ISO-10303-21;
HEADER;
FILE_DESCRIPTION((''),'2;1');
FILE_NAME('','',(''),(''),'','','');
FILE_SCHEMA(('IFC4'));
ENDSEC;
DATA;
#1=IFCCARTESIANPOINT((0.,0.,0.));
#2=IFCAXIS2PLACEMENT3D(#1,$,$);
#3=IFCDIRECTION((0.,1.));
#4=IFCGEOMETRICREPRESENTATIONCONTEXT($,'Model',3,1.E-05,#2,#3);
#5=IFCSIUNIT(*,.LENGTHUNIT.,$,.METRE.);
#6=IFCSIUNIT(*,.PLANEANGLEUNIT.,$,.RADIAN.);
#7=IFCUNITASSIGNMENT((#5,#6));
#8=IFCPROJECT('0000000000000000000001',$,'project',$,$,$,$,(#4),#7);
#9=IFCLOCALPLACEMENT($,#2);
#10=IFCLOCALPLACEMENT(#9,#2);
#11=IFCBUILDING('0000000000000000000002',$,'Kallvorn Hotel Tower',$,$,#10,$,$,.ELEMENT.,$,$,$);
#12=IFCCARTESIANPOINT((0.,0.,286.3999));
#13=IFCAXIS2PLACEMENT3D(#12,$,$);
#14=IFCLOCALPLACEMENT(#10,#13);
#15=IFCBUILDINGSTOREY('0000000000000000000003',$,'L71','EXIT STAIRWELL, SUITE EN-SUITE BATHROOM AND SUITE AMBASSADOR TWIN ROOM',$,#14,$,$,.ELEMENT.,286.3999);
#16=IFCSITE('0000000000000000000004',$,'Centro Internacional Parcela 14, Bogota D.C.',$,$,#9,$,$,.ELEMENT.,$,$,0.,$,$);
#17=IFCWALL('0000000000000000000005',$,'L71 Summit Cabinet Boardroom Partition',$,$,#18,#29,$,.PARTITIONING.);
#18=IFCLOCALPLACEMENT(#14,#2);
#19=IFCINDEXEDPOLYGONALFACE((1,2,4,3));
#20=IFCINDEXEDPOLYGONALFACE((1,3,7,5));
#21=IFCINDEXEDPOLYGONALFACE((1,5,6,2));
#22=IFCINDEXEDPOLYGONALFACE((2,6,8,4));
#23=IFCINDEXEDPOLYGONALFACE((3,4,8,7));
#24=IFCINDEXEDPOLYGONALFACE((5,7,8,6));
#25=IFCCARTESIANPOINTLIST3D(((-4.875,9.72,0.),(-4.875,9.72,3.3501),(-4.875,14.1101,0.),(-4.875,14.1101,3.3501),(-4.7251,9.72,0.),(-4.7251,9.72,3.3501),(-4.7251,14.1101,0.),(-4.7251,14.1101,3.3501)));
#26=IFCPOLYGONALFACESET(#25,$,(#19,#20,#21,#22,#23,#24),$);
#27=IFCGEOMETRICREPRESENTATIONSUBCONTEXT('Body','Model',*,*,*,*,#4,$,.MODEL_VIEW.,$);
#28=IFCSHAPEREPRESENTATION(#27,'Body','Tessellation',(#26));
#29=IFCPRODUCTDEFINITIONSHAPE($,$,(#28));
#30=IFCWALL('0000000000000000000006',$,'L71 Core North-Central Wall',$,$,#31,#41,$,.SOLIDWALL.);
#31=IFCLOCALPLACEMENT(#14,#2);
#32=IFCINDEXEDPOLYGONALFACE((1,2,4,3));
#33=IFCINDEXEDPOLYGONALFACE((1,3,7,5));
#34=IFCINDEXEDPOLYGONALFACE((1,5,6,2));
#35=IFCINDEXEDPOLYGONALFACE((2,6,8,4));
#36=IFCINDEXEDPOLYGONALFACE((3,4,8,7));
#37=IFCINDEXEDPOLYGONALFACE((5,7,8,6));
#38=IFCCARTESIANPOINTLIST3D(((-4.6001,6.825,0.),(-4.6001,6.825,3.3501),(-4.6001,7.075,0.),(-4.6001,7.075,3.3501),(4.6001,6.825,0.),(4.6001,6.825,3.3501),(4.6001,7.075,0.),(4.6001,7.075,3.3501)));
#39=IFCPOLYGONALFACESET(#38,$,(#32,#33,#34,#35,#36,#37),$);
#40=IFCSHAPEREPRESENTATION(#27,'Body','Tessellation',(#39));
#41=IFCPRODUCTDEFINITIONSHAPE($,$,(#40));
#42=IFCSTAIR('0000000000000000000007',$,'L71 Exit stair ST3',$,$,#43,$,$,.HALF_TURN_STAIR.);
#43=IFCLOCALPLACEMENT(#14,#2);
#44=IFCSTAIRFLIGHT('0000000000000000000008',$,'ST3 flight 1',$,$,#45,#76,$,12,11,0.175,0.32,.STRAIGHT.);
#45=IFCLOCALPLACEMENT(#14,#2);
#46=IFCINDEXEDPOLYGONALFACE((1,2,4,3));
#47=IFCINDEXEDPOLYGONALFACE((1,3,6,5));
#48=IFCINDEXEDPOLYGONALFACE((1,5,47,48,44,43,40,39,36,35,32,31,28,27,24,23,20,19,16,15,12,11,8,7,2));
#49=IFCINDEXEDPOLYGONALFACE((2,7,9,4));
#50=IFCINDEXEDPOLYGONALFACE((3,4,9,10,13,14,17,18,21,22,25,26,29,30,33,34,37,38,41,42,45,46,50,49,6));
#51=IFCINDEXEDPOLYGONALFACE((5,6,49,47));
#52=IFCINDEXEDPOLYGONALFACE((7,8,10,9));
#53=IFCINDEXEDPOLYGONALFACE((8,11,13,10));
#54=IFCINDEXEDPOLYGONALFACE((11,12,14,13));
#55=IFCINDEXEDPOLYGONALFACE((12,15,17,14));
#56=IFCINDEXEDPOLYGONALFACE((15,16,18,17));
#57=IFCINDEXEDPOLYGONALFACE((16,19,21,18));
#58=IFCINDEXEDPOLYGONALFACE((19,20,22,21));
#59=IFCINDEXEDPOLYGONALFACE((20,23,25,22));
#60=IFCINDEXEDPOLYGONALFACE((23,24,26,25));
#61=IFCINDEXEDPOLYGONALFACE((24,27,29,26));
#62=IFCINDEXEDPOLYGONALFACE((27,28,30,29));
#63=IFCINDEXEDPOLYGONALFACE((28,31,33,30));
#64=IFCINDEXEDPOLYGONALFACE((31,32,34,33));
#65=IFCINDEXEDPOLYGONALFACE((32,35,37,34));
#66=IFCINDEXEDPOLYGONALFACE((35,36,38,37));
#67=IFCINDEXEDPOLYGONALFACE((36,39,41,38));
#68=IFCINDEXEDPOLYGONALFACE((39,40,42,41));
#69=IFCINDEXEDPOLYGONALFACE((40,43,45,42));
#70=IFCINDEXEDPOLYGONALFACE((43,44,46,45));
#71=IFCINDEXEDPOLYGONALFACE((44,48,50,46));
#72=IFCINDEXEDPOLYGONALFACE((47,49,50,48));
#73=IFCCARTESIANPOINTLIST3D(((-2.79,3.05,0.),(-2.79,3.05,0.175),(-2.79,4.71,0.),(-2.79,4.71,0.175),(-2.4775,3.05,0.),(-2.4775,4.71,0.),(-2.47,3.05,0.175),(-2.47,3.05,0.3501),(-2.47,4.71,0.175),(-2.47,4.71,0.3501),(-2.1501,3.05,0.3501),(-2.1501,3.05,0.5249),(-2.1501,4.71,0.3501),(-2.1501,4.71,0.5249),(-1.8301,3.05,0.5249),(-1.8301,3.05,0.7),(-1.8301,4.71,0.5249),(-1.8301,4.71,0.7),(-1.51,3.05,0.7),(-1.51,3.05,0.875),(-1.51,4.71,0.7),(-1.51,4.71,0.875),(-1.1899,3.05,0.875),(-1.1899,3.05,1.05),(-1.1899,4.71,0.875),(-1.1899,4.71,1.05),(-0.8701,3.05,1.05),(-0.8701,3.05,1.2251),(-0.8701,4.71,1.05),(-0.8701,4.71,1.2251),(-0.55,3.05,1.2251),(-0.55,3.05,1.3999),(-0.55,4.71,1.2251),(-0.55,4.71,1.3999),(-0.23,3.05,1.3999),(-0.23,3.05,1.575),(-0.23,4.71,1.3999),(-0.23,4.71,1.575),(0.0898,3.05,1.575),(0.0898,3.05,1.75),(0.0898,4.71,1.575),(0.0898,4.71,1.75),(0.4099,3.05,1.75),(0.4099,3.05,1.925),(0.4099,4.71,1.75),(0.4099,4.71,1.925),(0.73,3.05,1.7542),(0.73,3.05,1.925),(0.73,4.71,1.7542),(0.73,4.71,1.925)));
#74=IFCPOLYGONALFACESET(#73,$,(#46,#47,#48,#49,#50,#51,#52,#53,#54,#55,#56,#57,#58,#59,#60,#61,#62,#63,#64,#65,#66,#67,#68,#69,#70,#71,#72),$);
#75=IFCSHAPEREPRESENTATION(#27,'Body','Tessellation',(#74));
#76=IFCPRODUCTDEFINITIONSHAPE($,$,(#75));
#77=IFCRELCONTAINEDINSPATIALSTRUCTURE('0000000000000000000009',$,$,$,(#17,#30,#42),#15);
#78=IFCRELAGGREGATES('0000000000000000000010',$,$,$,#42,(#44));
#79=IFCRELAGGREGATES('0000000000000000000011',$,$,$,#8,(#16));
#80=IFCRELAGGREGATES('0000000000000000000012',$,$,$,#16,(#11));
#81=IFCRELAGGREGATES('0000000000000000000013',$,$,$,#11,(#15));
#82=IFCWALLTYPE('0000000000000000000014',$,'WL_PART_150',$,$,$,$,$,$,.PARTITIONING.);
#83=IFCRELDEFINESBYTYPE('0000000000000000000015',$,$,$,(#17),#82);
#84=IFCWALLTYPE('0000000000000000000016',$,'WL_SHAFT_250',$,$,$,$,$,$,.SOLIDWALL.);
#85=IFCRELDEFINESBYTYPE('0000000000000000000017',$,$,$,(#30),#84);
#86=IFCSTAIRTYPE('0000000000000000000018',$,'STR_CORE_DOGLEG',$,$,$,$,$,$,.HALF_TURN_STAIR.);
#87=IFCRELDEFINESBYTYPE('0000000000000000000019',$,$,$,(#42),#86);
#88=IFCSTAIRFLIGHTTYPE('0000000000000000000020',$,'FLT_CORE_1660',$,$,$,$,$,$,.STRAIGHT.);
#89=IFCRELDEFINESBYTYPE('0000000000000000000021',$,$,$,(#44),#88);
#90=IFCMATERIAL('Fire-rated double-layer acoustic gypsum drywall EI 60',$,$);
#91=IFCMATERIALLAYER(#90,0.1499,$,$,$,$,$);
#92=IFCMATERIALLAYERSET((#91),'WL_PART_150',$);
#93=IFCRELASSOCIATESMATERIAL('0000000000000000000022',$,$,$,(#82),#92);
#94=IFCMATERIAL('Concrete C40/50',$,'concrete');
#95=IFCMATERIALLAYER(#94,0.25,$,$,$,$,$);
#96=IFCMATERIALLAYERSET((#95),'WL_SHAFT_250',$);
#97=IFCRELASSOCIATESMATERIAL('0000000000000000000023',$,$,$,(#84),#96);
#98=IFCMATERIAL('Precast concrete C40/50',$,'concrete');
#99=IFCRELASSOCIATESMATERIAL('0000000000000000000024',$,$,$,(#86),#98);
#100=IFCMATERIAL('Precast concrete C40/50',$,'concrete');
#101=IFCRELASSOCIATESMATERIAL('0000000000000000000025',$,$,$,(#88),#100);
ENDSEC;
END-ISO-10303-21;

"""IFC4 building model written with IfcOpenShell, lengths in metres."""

from ifc_helpers import new_model, si_unit, direction, frame, frame_2d, origin, place, context, subcontext, project, spatial, polyline, rectangle, outline, extrude, material, layer, layer_set, type_object, element, aggregate, save


model = new_model("IFC4")

# Units and contexts
model_context = context("Model", 3, precision=1e-05, world=origin(), true_north=direction((0.0, 1.0)))
body_context = subcontext(model_context, "Body", "Model", "MODEL_VIEW")
ifc_project = project(units=[si_unit("LENGTHUNIT", "METRE"), si_unit("PLANEANGLEUNIT", "RADIAN")], contexts=[model_context])

# Site, building, storey
site_placement = place(None, origin())
site = spatial("IfcSite", under=ifc_project, at=site_placement, Name="Centro Internacional Parcela 14, Bogota D.C.", CompositionType="ELEMENT", RefElevation=0.0)
building_placement = place(site_placement, origin())
building = spatial("IfcBuilding", under=site, at=building_placement, Name="Kallvorn Hotel Tower", CompositionType="ELEMENT")
storey_placement = place(building_placement, frame((0.0, 0.0, 286.3999)))
storey = spatial("IfcBuildingStorey", under=building, at=storey_placement, Name="L71", Description="EXIT STAIRWELL, SUITE EN-SUITE BATHROOM AND SUITE AMBASSADOR TWIN ROOM", CompositionType="ELEMENT", Elevation=286.3999)

# Walls
ifc_material_1 = material(Name="Fire-rated double-layer acoustic gypsum drywall EI 60")
ifc_layer_1 = layer(ifc_material_1, 0.1499)
ifc_layer_set_1 = layer_set([ifc_layer_1], Name="WL_PART_150")
wall_type_1 = type_object("IfcWallType", Name="WL_PART_150", PredefinedType="PARTITIONING", material=ifc_layer_set_1)
wall_1_placement = place(storey_placement, frame((-4.8, 9.72, 0.0), z_axis=(0.0, 0.0, 1.0), x_axis=(0.0, 1.0, 0.0)))
element("IfcWall", 1, at=wall_1_placement, inside=storey, type_object=wall_type_1, Name="L71 Summit Cabinet Boardroom Partition", PredefinedType="PARTITIONING", context=body_context, shape_type="SweptSolid", body=[
    extrude(rectangle(XDim=4.3901, YDim=0.1499, at=frame_2d((2.1951, 0.0))), origin(), (0.0, 0.0, 1.0), 3.3501),
])
ifc_material_2 = material(Name="Concrete C40/50", Category="concrete")
ifc_layer_2 = layer(ifc_material_2, 0.25)
ifc_layer_set_2 = layer_set([ifc_layer_2], Name="WL_SHAFT_250")
wall_type_2 = type_object("IfcWallType", Name="WL_SHAFT_250", PredefinedType="SOLIDWALL", material=ifc_layer_set_2)
wall_2_placement = place(storey_placement, frame((-4.6001, 6.95, 0.0), z_axis=(0.0, 0.0, 1.0), x_axis=(1.0, 0.0, 0.0)))
element("IfcWall", 2, at=wall_2_placement, inside=storey, type_object=wall_type_2, Name="L71 Core North-Central Wall", PredefinedType="SOLIDWALL", context=body_context, shape_type="SweptSolid", body=[
    extrude(rectangle(XDim=9.2002, YDim=0.25, at=frame_2d((4.6001, 0.0))), origin(), (0.0, 0.0, 1.0), 3.3501),
])

# Stair, stair flight
ifc_material_3 = material(Name="Precast concrete C40/50", Category="concrete")
stair_type = type_object("IfcStairType", Name="STR_CORE_DOGLEG", PredefinedType="HALF_TURN_STAIR", material=ifc_material_3)
stair_placement = place(storey_placement, origin())
stair = element("IfcStair", 3, at=stair_placement, inside=storey, type_object=stair_type, Name="L71 Exit stair ST3", PredefinedType="HALF_TURN_STAIR")
ifc_material_4 = material(Name="Precast concrete C40/50", Category="concrete")
stair_flight_type = type_object("IfcStairFlightType", Name="FLT_CORE_1660", PredefinedType="STRAIGHT", material=ifc_material_4)
stair_flight_placement = place(storey_placement, frame((-2.79, 3.8799, 0.0), z_axis=(0.0, 0.0, 1.0), x_axis=(1.0, 0.0, 0.0)))
stair_flight = element("IfcStairFlight", 4, at=stair_flight_placement, type_object=stair_flight_type, Name="ST3 flight 1", NumberOfRisers=12, NumberOfTreads=11, PredefinedType="STRAIGHT", RiserHeight=0.175, TreadLength=0.32, context=body_context, shape_type="SweptSolid", body=[
    extrude(outline(polyline([(0.0, 0.0), (0.0, 0.175), (0.3201, 0.175), (0.3201, 0.3501), (0.6399, 0.3501), (0.6399, 0.5249), (0.96, 0.5249), (0.96, 0.7), (1.28, 0.7), (1.28, 0.875), (1.6001, 0.875), (1.6001, 1.05), (1.9199, 1.05), (1.9199, 1.2251), (2.24, 1.2251), (2.24, 1.3999), (2.5601, 1.3999), (2.5601, 1.575), (2.8799, 1.575), (2.8799, 1.75), (3.2, 1.75), (3.2, 1.925), (3.52, 1.925), (3.52, 2.1001), (3.52, 1.7542), (0.3125, 0.0), (0.0, 0.0)])), frame((0.0, 0.8301, 0.0), z_axis=(0.0, -1.0, 0.0), x_axis=(1.0, 0.0, 0.0)), (0.0, 0.0, 1.0), 1.6599),
])
aggregate(stair, [stair_flight])

save(model, "model.ifc")
